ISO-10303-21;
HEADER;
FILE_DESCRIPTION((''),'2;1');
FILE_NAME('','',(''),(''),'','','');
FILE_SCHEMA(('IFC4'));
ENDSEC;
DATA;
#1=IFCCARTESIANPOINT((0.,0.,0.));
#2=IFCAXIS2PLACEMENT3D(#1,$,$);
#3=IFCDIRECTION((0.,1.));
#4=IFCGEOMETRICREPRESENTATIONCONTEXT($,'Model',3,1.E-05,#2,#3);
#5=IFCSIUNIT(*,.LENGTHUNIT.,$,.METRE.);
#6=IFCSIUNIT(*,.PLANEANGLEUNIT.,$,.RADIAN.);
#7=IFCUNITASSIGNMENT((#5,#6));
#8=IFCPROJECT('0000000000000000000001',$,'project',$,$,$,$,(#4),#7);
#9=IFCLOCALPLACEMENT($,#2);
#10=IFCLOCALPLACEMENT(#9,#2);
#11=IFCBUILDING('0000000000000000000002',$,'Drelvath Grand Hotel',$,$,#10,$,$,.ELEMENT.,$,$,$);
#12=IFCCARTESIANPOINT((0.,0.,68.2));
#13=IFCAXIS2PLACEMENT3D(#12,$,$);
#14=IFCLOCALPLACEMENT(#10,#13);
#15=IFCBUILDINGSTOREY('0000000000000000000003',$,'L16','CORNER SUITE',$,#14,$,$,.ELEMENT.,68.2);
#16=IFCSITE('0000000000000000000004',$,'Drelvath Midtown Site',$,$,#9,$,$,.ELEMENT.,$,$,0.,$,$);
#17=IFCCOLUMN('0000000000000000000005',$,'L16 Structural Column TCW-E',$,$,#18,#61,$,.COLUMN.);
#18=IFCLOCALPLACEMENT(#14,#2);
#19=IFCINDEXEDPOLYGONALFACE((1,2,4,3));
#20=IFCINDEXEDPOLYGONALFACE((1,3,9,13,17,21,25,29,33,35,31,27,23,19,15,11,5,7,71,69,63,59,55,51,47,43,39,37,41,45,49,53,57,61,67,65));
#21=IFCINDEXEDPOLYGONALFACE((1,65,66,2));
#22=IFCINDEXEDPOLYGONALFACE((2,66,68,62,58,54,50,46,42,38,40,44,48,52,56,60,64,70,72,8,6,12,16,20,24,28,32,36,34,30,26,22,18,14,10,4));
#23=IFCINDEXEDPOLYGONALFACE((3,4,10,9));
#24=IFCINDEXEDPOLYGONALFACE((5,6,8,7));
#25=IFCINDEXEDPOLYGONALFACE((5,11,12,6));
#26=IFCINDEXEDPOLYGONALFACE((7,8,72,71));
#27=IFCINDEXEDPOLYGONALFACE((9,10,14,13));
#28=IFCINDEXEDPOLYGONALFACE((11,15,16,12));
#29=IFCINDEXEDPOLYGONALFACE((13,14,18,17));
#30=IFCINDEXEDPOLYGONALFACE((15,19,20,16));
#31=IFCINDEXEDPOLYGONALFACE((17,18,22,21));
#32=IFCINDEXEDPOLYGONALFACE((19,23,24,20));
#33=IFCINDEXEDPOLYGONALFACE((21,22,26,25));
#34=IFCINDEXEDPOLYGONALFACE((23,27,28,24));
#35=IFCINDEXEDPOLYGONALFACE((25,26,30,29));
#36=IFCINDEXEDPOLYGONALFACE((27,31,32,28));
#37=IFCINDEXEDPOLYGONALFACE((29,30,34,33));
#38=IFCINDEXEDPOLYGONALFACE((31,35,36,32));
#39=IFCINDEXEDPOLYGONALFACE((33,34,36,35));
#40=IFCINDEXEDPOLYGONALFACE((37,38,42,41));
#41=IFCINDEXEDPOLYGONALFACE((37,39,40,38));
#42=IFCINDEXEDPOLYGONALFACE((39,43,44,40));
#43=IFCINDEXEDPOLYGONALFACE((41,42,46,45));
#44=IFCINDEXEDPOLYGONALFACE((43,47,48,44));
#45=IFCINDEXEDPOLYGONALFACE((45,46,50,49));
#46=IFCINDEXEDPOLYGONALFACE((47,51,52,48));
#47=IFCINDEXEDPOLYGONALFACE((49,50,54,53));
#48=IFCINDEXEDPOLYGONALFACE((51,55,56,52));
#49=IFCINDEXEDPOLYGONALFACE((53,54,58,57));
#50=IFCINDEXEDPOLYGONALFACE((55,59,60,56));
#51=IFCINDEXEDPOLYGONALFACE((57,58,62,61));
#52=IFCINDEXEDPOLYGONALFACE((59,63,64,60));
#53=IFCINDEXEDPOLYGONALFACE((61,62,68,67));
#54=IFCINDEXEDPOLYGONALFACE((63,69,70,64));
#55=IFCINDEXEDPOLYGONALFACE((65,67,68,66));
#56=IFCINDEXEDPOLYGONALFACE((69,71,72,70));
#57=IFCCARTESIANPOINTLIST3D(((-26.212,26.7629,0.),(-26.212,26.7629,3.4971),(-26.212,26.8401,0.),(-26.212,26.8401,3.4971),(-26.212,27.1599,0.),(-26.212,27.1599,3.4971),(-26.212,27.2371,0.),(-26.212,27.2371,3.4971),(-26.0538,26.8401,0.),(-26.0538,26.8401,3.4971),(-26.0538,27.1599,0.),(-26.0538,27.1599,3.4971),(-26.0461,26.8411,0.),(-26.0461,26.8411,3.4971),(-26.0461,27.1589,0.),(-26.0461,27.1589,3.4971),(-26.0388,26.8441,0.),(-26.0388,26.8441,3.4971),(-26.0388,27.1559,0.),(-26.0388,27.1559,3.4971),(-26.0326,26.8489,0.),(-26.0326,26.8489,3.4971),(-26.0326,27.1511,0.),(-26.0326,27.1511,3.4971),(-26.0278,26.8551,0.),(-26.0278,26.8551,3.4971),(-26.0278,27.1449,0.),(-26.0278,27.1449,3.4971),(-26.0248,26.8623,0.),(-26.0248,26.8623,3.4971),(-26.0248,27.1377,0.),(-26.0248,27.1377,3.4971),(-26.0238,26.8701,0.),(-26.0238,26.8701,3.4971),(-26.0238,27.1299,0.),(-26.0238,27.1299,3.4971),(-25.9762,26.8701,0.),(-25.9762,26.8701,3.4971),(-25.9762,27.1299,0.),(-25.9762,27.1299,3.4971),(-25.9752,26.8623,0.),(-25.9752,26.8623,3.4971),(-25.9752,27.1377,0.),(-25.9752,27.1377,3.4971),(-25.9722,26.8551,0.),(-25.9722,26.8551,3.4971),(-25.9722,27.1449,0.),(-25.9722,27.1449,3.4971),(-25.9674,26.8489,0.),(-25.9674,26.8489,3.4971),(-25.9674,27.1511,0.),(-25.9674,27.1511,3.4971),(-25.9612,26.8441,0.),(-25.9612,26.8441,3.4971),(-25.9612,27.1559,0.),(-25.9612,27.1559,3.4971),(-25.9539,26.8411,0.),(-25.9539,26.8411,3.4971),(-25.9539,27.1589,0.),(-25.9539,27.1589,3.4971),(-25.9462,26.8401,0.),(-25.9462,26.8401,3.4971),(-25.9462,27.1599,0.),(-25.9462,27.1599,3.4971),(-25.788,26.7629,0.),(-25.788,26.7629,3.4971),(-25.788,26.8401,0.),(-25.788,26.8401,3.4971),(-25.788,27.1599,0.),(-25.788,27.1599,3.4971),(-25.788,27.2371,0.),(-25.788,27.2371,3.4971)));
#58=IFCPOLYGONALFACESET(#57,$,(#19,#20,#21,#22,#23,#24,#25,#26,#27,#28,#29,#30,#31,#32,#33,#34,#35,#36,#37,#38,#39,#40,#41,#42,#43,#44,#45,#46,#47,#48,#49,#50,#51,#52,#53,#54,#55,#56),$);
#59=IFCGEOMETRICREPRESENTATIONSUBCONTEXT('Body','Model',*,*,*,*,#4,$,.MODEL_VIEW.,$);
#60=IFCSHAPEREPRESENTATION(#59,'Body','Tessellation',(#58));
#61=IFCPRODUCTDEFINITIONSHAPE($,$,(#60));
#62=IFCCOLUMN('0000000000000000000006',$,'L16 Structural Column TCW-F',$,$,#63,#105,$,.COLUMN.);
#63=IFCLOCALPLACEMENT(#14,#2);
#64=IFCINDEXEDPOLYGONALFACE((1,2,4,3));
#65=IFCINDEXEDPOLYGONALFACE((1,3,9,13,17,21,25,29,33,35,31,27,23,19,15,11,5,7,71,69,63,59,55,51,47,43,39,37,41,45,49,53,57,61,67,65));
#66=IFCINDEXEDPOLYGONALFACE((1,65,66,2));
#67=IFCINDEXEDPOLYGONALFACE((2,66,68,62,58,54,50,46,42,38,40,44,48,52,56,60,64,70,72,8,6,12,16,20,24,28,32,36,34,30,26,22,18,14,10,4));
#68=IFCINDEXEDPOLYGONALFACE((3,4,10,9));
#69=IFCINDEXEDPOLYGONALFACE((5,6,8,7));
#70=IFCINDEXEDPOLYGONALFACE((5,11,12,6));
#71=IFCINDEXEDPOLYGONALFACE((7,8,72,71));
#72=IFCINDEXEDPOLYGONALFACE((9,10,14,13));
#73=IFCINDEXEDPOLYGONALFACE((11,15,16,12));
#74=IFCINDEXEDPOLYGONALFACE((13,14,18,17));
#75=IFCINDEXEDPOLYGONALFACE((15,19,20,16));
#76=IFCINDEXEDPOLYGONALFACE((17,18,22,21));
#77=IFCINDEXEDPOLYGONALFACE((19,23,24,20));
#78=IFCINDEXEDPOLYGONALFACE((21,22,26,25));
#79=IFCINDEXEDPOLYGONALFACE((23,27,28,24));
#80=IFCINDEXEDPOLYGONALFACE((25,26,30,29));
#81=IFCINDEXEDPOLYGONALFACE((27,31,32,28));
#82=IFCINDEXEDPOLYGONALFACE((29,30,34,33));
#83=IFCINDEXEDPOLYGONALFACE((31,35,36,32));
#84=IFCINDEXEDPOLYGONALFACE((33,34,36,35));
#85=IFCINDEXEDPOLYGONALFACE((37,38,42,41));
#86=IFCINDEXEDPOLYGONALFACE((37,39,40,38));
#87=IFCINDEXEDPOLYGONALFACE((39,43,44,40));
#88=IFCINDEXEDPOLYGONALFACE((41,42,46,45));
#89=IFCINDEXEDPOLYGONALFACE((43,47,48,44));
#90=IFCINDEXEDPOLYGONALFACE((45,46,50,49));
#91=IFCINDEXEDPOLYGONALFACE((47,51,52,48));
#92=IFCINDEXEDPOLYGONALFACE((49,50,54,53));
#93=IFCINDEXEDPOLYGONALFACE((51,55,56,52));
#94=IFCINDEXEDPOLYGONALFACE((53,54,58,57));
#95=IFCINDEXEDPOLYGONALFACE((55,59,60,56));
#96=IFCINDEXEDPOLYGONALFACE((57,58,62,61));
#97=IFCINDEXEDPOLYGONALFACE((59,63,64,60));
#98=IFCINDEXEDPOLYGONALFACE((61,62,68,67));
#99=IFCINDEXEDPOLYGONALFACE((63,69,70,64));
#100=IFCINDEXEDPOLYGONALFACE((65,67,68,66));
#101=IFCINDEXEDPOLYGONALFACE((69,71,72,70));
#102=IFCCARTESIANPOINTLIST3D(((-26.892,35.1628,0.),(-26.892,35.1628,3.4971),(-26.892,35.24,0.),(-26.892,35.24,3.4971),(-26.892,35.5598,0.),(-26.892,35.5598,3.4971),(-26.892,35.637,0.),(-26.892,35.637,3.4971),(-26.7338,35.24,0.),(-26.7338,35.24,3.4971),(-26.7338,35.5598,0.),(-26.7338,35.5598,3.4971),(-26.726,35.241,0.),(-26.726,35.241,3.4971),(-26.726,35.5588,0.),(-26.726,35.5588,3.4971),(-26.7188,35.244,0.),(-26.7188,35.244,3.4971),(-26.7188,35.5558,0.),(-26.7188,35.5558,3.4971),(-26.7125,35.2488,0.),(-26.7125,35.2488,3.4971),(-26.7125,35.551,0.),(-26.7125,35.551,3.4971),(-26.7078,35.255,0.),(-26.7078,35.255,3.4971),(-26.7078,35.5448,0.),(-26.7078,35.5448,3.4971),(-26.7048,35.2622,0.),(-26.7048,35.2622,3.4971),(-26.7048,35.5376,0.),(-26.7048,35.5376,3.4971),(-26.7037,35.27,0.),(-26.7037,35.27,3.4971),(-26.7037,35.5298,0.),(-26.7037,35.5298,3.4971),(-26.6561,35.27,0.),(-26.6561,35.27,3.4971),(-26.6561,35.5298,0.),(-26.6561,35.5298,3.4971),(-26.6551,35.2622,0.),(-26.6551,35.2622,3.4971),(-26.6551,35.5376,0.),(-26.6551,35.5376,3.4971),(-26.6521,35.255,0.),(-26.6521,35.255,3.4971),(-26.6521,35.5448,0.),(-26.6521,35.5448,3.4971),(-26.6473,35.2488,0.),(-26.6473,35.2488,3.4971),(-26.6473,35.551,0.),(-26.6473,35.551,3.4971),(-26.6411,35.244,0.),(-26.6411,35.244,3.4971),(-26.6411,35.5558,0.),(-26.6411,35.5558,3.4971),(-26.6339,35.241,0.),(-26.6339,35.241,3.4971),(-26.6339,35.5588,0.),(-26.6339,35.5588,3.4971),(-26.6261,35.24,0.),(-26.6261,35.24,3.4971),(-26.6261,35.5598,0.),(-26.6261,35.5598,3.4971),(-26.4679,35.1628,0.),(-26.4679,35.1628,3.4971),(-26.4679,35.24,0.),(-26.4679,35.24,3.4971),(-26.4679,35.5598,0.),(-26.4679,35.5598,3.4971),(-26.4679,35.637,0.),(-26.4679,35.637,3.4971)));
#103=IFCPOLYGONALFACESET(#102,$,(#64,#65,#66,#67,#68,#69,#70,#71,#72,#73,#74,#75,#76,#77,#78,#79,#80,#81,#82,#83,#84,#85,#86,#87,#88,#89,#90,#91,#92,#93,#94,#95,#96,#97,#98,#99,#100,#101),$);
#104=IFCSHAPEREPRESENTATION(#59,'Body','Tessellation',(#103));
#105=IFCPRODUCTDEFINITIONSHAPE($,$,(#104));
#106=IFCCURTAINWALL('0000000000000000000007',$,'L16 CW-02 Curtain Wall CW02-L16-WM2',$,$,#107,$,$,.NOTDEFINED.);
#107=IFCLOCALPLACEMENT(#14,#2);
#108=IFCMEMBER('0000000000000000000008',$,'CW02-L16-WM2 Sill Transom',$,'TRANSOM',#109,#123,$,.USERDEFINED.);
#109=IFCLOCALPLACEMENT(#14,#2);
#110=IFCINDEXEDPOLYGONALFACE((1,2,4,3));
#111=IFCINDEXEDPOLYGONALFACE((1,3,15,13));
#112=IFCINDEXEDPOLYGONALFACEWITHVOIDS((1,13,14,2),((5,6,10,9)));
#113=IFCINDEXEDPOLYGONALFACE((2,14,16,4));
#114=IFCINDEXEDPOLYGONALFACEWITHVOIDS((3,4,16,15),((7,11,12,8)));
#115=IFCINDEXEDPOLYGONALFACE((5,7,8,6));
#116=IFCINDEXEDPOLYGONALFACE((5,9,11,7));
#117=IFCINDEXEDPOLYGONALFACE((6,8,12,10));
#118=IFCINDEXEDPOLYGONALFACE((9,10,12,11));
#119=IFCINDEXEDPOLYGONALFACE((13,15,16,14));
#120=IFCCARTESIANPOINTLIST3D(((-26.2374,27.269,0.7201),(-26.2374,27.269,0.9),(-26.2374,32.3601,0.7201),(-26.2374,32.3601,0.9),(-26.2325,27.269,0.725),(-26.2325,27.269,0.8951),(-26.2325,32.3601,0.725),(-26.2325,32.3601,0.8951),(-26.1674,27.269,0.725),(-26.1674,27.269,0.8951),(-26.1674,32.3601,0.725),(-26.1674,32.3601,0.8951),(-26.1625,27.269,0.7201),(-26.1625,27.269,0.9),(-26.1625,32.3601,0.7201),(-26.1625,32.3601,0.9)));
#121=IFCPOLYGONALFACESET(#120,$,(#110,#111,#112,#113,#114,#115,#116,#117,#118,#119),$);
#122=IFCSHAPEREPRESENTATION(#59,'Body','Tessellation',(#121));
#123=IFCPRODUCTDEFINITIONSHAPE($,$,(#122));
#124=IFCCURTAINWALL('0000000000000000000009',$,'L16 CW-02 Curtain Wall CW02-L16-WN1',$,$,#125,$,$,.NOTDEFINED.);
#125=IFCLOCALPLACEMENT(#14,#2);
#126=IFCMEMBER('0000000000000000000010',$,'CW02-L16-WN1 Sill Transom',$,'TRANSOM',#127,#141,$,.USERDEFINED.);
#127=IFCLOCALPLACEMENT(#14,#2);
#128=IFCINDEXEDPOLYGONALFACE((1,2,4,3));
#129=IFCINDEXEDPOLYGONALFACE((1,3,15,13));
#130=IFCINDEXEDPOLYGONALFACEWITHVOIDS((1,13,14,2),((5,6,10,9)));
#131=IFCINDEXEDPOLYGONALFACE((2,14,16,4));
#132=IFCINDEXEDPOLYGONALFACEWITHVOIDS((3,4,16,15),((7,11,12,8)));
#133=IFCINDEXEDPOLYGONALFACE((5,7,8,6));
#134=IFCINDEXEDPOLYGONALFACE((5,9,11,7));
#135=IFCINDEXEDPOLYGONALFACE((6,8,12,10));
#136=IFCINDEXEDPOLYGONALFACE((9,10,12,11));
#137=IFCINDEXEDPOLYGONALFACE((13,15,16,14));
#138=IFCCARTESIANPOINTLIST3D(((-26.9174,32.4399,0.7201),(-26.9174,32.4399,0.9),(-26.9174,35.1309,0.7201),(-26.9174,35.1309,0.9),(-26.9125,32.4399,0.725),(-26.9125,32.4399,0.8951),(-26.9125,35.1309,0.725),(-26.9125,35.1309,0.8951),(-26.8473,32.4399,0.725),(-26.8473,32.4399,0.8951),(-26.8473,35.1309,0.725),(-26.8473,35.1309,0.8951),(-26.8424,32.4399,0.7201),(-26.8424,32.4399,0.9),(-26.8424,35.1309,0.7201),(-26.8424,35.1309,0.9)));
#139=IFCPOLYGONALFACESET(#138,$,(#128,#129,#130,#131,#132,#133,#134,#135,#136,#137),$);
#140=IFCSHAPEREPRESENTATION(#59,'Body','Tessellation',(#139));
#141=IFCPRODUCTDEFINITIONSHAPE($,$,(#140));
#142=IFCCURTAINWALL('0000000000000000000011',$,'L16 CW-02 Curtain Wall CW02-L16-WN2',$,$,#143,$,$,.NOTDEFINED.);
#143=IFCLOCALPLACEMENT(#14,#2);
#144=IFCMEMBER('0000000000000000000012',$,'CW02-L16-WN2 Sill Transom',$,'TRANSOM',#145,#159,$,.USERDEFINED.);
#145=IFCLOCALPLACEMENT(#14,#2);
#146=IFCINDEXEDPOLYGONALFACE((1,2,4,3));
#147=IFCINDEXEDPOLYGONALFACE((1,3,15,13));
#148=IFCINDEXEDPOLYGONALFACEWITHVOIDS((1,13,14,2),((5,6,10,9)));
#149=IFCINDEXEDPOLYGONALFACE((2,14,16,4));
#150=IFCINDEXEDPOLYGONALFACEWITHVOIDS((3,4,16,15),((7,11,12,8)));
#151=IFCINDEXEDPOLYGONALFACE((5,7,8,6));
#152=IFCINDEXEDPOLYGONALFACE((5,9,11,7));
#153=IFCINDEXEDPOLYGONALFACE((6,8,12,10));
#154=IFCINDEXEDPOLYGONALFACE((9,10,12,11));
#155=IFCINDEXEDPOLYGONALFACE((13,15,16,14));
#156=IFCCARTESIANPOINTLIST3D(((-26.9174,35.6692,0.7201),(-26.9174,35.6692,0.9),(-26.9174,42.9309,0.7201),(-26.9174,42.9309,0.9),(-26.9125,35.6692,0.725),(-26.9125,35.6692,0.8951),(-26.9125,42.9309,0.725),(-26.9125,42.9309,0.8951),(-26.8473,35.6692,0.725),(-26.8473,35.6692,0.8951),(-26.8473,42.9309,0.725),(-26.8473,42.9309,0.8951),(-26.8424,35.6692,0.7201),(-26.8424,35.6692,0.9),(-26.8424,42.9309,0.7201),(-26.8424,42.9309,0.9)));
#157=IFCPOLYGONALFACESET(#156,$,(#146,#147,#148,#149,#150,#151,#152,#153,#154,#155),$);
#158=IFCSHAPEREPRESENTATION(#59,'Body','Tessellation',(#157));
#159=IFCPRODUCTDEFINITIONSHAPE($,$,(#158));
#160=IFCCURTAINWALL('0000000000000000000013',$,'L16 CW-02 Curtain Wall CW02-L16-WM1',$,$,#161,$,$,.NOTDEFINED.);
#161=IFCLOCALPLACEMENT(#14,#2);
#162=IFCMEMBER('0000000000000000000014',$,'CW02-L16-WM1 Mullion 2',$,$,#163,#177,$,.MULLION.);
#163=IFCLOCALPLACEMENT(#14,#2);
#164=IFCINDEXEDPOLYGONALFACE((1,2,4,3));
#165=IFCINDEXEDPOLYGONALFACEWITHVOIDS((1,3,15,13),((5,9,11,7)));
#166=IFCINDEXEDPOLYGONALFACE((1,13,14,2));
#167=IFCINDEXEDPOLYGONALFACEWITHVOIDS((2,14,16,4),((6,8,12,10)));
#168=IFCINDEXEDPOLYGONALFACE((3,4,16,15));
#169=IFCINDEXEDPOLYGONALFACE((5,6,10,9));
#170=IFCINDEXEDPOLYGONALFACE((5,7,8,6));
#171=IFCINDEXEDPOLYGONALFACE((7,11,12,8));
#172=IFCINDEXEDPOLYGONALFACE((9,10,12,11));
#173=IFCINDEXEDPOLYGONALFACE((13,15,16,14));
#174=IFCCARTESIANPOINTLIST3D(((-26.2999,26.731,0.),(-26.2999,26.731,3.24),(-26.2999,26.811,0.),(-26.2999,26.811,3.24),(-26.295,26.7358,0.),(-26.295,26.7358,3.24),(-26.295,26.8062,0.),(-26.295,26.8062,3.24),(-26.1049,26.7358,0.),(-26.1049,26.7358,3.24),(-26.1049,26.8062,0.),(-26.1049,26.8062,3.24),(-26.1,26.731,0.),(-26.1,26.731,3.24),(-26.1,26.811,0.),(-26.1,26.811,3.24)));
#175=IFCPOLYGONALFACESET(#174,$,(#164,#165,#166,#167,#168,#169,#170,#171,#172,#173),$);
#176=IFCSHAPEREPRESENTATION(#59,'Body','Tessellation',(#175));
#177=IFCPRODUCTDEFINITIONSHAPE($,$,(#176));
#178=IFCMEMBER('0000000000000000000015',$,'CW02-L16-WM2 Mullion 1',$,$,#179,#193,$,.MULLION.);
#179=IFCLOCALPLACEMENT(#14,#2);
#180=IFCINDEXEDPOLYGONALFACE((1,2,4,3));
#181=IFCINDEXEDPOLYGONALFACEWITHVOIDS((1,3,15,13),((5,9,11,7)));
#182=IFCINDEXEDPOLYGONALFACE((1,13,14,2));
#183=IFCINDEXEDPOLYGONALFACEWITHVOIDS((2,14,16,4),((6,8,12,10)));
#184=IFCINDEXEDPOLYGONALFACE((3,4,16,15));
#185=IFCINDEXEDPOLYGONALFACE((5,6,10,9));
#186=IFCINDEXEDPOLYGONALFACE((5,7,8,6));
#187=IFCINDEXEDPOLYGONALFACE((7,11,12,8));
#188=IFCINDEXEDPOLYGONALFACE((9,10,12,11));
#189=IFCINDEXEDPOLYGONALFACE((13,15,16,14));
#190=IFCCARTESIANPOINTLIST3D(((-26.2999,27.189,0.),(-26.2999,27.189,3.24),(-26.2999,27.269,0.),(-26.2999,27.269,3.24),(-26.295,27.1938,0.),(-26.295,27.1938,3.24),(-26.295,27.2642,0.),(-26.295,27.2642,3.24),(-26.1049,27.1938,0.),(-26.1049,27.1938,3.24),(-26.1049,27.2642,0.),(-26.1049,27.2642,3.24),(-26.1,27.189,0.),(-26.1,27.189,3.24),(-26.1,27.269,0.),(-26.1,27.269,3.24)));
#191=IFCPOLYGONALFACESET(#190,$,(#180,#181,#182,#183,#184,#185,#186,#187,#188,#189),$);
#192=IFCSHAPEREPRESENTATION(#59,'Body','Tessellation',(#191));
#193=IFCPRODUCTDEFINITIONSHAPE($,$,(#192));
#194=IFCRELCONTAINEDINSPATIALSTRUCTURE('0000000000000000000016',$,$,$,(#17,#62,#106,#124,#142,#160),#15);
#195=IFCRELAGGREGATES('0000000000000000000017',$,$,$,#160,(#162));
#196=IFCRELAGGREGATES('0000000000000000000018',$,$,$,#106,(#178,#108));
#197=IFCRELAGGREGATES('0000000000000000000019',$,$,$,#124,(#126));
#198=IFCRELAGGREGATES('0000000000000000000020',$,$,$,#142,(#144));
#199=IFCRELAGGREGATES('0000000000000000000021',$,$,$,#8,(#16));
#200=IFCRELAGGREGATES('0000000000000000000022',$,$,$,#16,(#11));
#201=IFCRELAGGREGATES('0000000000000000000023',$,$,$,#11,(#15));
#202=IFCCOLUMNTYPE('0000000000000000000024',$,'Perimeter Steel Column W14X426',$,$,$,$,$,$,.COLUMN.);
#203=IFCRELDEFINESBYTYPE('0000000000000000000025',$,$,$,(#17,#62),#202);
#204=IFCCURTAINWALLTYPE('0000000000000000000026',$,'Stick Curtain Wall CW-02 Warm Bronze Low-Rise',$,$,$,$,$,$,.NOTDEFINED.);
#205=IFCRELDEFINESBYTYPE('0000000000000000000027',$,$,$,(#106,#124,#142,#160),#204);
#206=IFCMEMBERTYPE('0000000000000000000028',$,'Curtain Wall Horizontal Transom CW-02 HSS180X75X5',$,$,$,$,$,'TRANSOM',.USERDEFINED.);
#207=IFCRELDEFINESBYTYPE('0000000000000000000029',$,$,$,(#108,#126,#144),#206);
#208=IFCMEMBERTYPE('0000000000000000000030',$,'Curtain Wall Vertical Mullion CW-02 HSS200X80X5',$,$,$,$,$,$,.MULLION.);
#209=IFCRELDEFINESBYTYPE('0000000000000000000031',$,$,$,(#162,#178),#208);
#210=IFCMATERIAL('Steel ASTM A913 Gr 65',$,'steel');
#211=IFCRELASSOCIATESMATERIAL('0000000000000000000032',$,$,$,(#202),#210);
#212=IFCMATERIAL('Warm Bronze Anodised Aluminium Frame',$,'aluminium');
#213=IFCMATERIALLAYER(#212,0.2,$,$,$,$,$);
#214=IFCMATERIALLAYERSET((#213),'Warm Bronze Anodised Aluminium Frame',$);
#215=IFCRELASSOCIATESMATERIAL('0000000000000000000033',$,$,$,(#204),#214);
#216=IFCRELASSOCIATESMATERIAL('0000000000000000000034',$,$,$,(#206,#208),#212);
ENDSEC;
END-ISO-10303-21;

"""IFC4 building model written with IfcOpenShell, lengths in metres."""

from ifc_helpers import new_model, si_unit, direction, frame, origin, origin_2d, place, context, subcontext, project, spatial, hollow_rectangle, i_section, extrude, material, layer, layer_set, material_profile, profile_set, type_object, element, aggregate, save


model = new_model("IFC4")

# Units and contexts
model_context = context("Model", 3, precision=1e-05, world=origin(), true_north=direction((0.0, 1.0)))
body_context = subcontext(model_context, "Body", "Model", "MODEL_VIEW")
ifc_project = project(units=[si_unit("LENGTHUNIT", "METRE"), si_unit("PLANEANGLEUNIT", "RADIAN")], contexts=[model_context])

# Site, building, storey
site_placement = place(None, origin())
site = spatial("IfcSite", under=ifc_project, at=site_placement, Name="Drelvath Midtown Site", CompositionType="ELEMENT", RefElevation=0.0)
building_placement = place(site_placement, origin())
building = spatial("IfcBuilding", under=site, at=building_placement, Name="Drelvath Grand Hotel", CompositionType="ELEMENT")
storey_placement = place(building_placement, frame((0.0, 0.0, 68.2)))
storey = spatial("IfcBuildingStorey", under=building, at=storey_placement, Name="L16", Description="CORNER SUITE", CompositionType="ELEMENT", Elevation=68.2)

# Columns
ifc_material_1 = material(Name="Steel ASTM A913 Gr 65", Category="steel")
ifc_material_profile_1 = material_profile(ifc_material_1, i_section(OverallWidth=0.4241, OverallDepth=0.4741, WebThickness=0.0476, FlangeThickness=0.0771, FilletRadius=0.03, at=origin_2d()), Name="W14X426")
ifc_profile_set_1 = profile_set([ifc_material_profile_1], Name="Steel ASTM A913 Gr 65")
column_type = type_object("IfcColumnType", Name="Perimeter Steel Column W14X426", PredefinedType="COLUMN", material=ifc_profile_set_1)
for number, where, z_axis, x_axis, name in (
    (1, (-26.0, 27.0, 0.0), (0.0, 0.0, 1.0), (1.0, 0.0, 0.0), "L16 Structural Column TCW-E"),
    (2, (-26.6799, 35.3999, 0.0), (0.0, 0.0, 1.0), (1.0, 0.0, 0.0), "L16 Structural Column TCW-F"),
):
    element("IfcColumn", number, at=place(storey_placement, frame(where, z_axis=z_axis, x_axis=x_axis)), inside=storey, type_object=column_type, Name=name, PredefinedType="COLUMN", context=body_context, shape_type="SweptSolid", body=[
        extrude(i_section(OverallWidth=0.4241, OverallDepth=0.4741, WebThickness=0.0476, FlangeThickness=0.0771, FilletRadius=0.03, at=origin_2d()), origin(), (0.0, 0.0, 1.0), 3.4971),
    ])

# Curtain walls, members
ifc_material_2 = material(Name="Warm Bronze Anodised Aluminium Frame", Category="aluminium")
ifc_layer_1 = layer(ifc_material_2, 0.2)
ifc_layer_set_1 = layer_set([ifc_layer_1], Name="Warm Bronze Anodised Aluminium Frame")
curtain_wall_type = type_object("IfcCurtainWallType", Name="Stick Curtain Wall CW-02 Warm Bronze Low-Rise", PredefinedType="NOTDEFINED", material=ifc_layer_set_1)
curtain_wall_1_placement = place(storey_placement, origin())
curtain_wall_1 = element("IfcCurtainWall", 3, at=curtain_wall_1_placement, inside=storey, type_object=curtain_wall_type, Name="L16 CW-02 Curtain Wall CW02-L16-WM2", PredefinedType="NOTDEFINED")
ifc_material_profile_2 = material_profile(ifc_material_2, hollow_rectangle(XDim=0.075, YDim=0.1799, WallThickness=0.0049, at=origin_2d()), Name="HSS180X75X5")
ifc_profile_set_2 = profile_set([ifc_material_profile_2], Name="Warm Bronze Anodised Aluminium Frame")
member_type_1 = type_object("IfcMemberType", Name="Curtain Wall Horizontal Transom CW-02 HSS180X75X5", ElementType="TRANSOM", PredefinedType="USERDEFINED", material=ifc_profile_set_2)
member_1_placement = place(storey_placement, frame((-26.2, 27.269, 0.8101), z_axis=(0.0, 1.0, 0.0), x_axis=(-1.0, 0.0, 0.0)))
member_1 = element("IfcMember", 4, at=member_1_placement, type_object=member_type_1, Name="CW02-L16-WM2 Sill Transom", ObjectType="TRANSOM", PredefinedType="USERDEFINED", context=body_context, shape_type="SweptSolid", body=[
    extrude(hollow_rectangle(XDim=0.075, YDim=0.1799, WallThickness=0.0049, at=origin_2d()), origin(), (0.0, 0.0, 1.0), 5.0911),
])
curtain_wall_2_placement = place(storey_placement, origin())
curtain_wall_2 = element("IfcCurtainWall", 5, at=curtain_wall_2_placement, inside=storey, type_object=curtain_wall_type, Name="L16 CW-02 Curtain Wall CW02-L16-WN1", PredefinedType="NOTDEFINED")
member_2_placement = place(storey_placement, frame((-26.8799, 32.4399, 0.8101), z_axis=(0.0, 1.0, 0.0), x_axis=(-1.0, 0.0, 0.0)))
member_2 = element("IfcMember", 6, at=member_2_placement, type_object=member_type_1, Name="CW02-L16-WN1 Sill Transom", ObjectType="TRANSOM", PredefinedType="USERDEFINED", context=body_context, shape_type="SweptSolid", body=[
    extrude(hollow_rectangle(XDim=0.075, YDim=0.1799, WallThickness=0.0049, at=origin_2d()), origin(), (0.0, 0.0, 1.0), 2.6909),
])
curtain_wall_3_placement = place(storey_placement, origin())
curtain_wall_3 = element("IfcCurtainWall", 7, at=curtain_wall_3_placement, inside=storey, type_object=curtain_wall_type, Name="L16 CW-02 Curtain Wall CW02-L16-WN2", PredefinedType="NOTDEFINED")
member_3_placement = place(storey_placement, frame((-26.8799, 35.6692, 0.8101), z_axis=(0.0, 1.0, 0.0), x_axis=(-1.0, 0.0, 0.0)))
member_3 = element("IfcMember", 8, at=member_3_placement, type_object=member_type_1, Name="CW02-L16-WN2 Sill Transom", ObjectType="TRANSOM", PredefinedType="USERDEFINED", context=body_context, shape_type="SweptSolid", body=[
    extrude(hollow_rectangle(XDim=0.075, YDim=0.1799, WallThickness=0.0049, at=origin_2d()), origin(), (0.0, 0.0, 1.0), 7.2617),
])
curtain_wall_4_placement = place(storey_placement, origin())
curtain_wall_4 = element("IfcCurtainWall", 9, at=curtain_wall_4_placement, inside=storey, type_object=curtain_wall_type, Name="L16 CW-02 Curtain Wall CW02-L16-WM1", PredefinedType="NOTDEFINED")
ifc_material_profile_3 = material_profile(ifc_material_2, hollow_rectangle(XDim=0.0801, YDim=0.2, WallThickness=0.0049, at=origin_2d()), Name="HSS200X80X5")
ifc_profile_set_3 = profile_set([ifc_material_profile_3], Name="Warm Bronze Anodised Aluminium Frame")
member_type_2 = type_object("IfcMemberType", Name="Curtain Wall Vertical Mullion CW-02 HSS200X80X5", PredefinedType="MULLION", material=ifc_profile_set_3)
member_4_placement = place(storey_placement, frame((-26.2, 26.771, 0.0), z_axis=(0.0, 0.0, 1.0), x_axis=(0.0, 1.0, 0.0)))
member_4 = element("IfcMember", 10, at=member_4_placement, type_object=member_type_2, Name="CW02-L16-WM1 Mullion 2", PredefinedType="MULLION", context=body_context, shape_type="SweptSolid", body=[
    extrude(hollow_rectangle(XDim=0.0801, YDim=0.2, WallThickness=0.0049, at=origin_2d()), origin(), (0.0, 0.0, 1.0), 3.24),
])
aggregate(curtain_wall_4, [member_4])

# Member
member_5_placement = place(storey_placement, frame((-26.2, 27.229, 0.0), z_axis=(0.0, 0.0, 1.0), x_axis=(0.0, 1.0, 0.0)))
member_5 = element("IfcMember", 11, at=member_5_placement, type_object=member_type_2, Name="CW02-L16-WM2 Mullion 1", PredefinedType="MULLION", context=body_context, shape_type="SweptSolid", body=[
    extrude(hollow_rectangle(XDim=0.0801, YDim=0.2, WallThickness=0.0049, at=origin_2d()), origin(), (0.0, 0.0, 1.0), 3.24),
])

aggregate(curtain_wall_1, [member_5, member_1])
aggregate(curtain_wall_2, [member_2])
aggregate(curtain_wall_3, [member_3])

save(model, "model.ifc")
